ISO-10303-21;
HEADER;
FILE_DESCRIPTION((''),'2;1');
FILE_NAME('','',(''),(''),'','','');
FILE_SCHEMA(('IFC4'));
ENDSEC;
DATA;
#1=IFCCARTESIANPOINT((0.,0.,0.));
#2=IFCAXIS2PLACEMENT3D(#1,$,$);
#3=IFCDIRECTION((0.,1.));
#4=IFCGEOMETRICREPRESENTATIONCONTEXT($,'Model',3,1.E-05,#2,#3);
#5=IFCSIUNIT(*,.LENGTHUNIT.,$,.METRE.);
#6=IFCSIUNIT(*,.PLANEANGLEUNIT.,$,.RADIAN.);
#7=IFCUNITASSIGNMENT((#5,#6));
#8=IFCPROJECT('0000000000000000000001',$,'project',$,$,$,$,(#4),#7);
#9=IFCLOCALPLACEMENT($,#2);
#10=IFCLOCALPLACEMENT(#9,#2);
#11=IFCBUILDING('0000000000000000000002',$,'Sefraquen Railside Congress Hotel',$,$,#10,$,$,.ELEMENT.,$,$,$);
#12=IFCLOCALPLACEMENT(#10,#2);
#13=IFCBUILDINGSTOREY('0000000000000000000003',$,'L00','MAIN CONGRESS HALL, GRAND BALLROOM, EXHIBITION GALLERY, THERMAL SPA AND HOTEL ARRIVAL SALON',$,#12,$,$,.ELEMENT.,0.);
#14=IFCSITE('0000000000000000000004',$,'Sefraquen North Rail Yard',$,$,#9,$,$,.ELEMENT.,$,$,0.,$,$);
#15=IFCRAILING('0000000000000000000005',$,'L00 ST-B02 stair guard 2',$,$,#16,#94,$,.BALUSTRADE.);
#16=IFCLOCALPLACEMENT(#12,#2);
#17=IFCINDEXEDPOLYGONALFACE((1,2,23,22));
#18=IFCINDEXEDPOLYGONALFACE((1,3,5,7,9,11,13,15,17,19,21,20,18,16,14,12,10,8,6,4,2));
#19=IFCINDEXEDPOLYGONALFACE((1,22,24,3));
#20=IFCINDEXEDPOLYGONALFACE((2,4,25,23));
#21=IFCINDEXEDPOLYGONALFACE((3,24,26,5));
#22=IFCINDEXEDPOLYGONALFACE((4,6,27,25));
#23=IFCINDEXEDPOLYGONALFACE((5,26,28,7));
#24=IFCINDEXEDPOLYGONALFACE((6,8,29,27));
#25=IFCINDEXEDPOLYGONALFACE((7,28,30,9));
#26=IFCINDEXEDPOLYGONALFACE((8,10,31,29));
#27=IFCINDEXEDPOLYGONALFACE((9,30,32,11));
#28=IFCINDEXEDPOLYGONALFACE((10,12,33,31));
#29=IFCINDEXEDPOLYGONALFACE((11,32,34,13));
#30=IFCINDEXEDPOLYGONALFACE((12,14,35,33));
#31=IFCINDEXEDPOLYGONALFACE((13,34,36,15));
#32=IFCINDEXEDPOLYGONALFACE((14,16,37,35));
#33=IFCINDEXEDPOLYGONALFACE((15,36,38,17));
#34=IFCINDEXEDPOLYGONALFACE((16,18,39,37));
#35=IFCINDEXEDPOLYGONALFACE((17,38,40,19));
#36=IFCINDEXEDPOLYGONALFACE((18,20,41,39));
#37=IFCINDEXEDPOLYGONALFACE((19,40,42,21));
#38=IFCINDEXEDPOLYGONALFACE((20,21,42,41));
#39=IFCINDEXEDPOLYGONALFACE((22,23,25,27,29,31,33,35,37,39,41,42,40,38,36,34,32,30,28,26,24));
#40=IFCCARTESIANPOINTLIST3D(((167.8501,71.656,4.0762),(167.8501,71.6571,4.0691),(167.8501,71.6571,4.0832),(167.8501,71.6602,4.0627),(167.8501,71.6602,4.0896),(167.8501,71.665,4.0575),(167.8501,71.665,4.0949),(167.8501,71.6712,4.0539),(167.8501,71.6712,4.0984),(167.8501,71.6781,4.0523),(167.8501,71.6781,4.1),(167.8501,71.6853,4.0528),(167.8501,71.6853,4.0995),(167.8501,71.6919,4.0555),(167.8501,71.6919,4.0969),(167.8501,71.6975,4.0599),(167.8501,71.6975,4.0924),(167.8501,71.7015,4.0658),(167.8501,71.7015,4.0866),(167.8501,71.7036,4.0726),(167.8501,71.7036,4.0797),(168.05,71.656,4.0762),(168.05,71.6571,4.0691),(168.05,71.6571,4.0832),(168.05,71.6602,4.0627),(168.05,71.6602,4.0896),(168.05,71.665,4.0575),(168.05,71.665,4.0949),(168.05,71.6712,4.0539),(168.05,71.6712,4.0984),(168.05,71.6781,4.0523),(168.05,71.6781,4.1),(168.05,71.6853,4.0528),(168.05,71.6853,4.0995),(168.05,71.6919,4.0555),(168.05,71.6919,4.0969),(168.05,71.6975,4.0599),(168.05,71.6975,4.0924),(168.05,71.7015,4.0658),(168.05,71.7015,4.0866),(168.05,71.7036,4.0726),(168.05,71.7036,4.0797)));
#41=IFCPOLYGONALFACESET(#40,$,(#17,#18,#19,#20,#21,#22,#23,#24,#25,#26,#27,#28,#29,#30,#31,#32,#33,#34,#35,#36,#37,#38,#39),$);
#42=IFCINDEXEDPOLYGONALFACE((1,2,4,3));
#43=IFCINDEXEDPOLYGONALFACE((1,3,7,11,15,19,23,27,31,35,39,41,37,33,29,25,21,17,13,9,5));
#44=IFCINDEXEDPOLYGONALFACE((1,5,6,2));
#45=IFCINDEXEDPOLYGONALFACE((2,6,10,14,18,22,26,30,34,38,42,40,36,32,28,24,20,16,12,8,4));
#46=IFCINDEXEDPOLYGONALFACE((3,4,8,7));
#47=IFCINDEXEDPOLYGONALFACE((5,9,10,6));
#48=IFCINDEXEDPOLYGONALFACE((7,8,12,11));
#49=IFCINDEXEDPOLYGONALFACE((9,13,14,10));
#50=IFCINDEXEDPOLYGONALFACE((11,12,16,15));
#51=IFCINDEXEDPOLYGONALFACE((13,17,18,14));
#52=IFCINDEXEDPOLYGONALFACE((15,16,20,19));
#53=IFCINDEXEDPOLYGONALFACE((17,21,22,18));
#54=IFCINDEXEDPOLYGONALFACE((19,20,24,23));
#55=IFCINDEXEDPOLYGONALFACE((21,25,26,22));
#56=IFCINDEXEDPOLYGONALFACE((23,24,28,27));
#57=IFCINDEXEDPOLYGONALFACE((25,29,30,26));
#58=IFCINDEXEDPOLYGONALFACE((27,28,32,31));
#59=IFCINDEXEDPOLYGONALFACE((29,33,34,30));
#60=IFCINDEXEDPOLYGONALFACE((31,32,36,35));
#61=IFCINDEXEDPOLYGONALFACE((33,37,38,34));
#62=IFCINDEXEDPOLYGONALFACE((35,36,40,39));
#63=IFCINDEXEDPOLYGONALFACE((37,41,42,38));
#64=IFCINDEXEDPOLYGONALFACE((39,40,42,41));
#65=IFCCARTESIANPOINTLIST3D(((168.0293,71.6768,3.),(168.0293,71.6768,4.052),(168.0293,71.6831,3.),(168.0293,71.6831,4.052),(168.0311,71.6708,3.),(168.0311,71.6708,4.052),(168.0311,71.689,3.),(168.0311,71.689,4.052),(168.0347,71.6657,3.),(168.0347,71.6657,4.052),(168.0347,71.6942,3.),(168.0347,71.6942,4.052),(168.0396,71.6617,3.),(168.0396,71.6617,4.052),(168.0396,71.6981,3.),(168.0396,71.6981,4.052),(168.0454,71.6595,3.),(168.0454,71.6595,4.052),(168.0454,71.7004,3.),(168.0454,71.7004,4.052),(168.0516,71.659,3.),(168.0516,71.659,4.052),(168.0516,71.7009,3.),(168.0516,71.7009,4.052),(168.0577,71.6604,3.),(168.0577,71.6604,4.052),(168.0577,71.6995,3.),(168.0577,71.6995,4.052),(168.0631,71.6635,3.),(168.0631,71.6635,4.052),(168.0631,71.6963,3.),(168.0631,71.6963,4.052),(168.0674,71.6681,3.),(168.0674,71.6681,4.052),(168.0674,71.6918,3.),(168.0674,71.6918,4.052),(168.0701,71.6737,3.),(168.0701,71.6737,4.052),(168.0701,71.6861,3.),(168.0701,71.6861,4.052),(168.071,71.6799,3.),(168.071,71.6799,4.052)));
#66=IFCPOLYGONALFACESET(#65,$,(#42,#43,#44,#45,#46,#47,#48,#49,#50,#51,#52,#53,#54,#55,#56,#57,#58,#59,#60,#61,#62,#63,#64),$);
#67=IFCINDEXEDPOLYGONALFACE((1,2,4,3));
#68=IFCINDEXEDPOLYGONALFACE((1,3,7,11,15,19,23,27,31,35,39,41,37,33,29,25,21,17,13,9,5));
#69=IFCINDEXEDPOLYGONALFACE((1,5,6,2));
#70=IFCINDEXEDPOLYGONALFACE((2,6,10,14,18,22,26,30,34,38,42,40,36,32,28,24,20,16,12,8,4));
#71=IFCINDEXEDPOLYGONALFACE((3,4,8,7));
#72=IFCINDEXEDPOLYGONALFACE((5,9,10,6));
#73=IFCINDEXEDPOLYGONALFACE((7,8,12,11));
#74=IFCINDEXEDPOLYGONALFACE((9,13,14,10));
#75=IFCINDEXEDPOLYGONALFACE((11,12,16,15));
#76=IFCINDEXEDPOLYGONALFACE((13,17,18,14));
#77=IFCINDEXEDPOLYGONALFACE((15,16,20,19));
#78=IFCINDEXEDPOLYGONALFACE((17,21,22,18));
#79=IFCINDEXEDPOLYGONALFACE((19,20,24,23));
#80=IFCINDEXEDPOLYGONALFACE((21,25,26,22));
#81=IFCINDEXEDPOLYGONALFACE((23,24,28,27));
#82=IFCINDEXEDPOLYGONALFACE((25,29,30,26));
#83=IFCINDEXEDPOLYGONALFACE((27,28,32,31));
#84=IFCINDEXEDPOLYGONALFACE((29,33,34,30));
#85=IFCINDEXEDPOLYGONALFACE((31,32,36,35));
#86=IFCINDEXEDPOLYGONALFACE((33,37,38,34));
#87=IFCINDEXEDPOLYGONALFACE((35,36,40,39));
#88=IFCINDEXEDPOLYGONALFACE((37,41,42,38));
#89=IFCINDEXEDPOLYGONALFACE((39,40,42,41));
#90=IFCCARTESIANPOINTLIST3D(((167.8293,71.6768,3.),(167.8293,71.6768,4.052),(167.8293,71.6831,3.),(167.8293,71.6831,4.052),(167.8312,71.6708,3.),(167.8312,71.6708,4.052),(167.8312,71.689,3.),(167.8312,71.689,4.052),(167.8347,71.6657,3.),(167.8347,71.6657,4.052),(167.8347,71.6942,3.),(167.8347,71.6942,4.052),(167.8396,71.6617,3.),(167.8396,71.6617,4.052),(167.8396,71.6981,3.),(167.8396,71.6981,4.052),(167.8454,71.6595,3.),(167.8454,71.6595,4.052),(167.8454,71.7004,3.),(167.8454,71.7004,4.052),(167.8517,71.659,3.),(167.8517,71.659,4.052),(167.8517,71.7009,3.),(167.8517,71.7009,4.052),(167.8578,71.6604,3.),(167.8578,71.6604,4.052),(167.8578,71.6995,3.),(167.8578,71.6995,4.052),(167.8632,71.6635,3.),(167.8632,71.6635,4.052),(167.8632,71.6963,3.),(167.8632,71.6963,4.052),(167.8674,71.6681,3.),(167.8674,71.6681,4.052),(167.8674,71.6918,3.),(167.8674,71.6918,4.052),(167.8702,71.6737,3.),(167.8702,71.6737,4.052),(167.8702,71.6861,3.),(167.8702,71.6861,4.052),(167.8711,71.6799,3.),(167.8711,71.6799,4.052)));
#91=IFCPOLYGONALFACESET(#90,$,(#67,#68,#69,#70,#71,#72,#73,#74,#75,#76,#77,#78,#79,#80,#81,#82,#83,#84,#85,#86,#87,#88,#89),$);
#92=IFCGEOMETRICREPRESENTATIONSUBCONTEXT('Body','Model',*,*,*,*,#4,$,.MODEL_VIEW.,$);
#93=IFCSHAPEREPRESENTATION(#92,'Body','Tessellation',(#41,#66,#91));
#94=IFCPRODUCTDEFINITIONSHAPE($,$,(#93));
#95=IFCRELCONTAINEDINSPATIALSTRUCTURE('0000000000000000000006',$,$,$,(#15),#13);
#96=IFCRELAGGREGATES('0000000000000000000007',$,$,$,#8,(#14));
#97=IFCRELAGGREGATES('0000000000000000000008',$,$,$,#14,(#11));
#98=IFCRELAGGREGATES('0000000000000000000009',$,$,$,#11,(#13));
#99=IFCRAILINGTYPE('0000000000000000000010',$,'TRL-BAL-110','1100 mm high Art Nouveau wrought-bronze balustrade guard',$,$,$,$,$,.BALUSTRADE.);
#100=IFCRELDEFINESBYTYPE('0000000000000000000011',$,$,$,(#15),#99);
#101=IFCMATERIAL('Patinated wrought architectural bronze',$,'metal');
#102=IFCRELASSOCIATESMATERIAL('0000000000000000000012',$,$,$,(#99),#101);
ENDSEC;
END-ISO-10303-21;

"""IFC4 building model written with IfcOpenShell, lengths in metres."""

from ifc_helpers import new_model, si_unit, direction, frame, origin, origin_2d, place, context, subcontext, project, spatial, circle, extrude, material, type_object, element, save


model = new_model("IFC4")

# Units and contexts
model_context = context("Model", 3, precision=1e-05, world=origin(), true_north=direction((0.0, 1.0)))
body_context = subcontext(model_context, "Body", "Model", "MODEL_VIEW")
ifc_project = project(units=[si_unit("LENGTHUNIT", "METRE"), si_unit("PLANEANGLEUNIT", "RADIAN")], contexts=[model_context])

# Site, building, storey
site_placement = place(None, origin())
site = spatial("IfcSite", under=ifc_project, at=site_placement, Name="Sefraquen North Rail Yard", CompositionType="ELEMENT", RefElevation=0.0)
building_placement = place(site_placement, origin())
building = spatial("IfcBuilding", under=site, at=building_placement, Name="Sefraquen Railside Congress Hotel", CompositionType="ELEMENT")
storey_placement = place(building_placement, origin())
storey = spatial("IfcBuildingStorey", under=building, at=storey_placement, Name="L00", Description="MAIN CONGRESS HALL, GRAND BALLROOM, EXHIBITION GALLERY, THERMAL SPA AND HOTEL ARRIVAL SALON", CompositionType="ELEMENT", Elevation=0.0)

# Railing
ifc_material_1 = material(Name="Patinated wrought architectural bronze", Category="metal")
railing_type_1 = type_object("IfcRailingType", Name="TRL-BAL-110", Description="1100 mm high Art Nouveau wrought-bronze balustrade guard", PredefinedType="BALUSTRADE", material=ifc_material_1)
railing_1_placement = place(storey_placement, frame((168.05, 71.6799, 3.0)))
element("IfcRailing", 1, at=railing_1_placement, inside=storey, type_object=railing_type_1, Name="L00 ST-B02 stair guard 2", PredefinedType="BALUSTRADE", context=body_context, shape_type="SweptSolid", body=[
    extrude(circle(Radius=0.0239, at=origin_2d()), frame((0.0, 0.0, 1.0762), z_axis=(-1.0, 0.0, 0.0), x_axis=(0.0, -1.0, 0.0)), (0.0, 0.0, 1.0), 0.2),
    extrude(circle(Radius=0.021, at=origin_2d()), origin(), (0.0, 0.0, 1.0), 1.052),
    extrude(circle(Radius=0.021, at=origin_2d()), frame((-0.2, 0.0, 0.0)), (0.0, 0.0, 1.0), 1.052),
])

save(model, "model.ifc")
